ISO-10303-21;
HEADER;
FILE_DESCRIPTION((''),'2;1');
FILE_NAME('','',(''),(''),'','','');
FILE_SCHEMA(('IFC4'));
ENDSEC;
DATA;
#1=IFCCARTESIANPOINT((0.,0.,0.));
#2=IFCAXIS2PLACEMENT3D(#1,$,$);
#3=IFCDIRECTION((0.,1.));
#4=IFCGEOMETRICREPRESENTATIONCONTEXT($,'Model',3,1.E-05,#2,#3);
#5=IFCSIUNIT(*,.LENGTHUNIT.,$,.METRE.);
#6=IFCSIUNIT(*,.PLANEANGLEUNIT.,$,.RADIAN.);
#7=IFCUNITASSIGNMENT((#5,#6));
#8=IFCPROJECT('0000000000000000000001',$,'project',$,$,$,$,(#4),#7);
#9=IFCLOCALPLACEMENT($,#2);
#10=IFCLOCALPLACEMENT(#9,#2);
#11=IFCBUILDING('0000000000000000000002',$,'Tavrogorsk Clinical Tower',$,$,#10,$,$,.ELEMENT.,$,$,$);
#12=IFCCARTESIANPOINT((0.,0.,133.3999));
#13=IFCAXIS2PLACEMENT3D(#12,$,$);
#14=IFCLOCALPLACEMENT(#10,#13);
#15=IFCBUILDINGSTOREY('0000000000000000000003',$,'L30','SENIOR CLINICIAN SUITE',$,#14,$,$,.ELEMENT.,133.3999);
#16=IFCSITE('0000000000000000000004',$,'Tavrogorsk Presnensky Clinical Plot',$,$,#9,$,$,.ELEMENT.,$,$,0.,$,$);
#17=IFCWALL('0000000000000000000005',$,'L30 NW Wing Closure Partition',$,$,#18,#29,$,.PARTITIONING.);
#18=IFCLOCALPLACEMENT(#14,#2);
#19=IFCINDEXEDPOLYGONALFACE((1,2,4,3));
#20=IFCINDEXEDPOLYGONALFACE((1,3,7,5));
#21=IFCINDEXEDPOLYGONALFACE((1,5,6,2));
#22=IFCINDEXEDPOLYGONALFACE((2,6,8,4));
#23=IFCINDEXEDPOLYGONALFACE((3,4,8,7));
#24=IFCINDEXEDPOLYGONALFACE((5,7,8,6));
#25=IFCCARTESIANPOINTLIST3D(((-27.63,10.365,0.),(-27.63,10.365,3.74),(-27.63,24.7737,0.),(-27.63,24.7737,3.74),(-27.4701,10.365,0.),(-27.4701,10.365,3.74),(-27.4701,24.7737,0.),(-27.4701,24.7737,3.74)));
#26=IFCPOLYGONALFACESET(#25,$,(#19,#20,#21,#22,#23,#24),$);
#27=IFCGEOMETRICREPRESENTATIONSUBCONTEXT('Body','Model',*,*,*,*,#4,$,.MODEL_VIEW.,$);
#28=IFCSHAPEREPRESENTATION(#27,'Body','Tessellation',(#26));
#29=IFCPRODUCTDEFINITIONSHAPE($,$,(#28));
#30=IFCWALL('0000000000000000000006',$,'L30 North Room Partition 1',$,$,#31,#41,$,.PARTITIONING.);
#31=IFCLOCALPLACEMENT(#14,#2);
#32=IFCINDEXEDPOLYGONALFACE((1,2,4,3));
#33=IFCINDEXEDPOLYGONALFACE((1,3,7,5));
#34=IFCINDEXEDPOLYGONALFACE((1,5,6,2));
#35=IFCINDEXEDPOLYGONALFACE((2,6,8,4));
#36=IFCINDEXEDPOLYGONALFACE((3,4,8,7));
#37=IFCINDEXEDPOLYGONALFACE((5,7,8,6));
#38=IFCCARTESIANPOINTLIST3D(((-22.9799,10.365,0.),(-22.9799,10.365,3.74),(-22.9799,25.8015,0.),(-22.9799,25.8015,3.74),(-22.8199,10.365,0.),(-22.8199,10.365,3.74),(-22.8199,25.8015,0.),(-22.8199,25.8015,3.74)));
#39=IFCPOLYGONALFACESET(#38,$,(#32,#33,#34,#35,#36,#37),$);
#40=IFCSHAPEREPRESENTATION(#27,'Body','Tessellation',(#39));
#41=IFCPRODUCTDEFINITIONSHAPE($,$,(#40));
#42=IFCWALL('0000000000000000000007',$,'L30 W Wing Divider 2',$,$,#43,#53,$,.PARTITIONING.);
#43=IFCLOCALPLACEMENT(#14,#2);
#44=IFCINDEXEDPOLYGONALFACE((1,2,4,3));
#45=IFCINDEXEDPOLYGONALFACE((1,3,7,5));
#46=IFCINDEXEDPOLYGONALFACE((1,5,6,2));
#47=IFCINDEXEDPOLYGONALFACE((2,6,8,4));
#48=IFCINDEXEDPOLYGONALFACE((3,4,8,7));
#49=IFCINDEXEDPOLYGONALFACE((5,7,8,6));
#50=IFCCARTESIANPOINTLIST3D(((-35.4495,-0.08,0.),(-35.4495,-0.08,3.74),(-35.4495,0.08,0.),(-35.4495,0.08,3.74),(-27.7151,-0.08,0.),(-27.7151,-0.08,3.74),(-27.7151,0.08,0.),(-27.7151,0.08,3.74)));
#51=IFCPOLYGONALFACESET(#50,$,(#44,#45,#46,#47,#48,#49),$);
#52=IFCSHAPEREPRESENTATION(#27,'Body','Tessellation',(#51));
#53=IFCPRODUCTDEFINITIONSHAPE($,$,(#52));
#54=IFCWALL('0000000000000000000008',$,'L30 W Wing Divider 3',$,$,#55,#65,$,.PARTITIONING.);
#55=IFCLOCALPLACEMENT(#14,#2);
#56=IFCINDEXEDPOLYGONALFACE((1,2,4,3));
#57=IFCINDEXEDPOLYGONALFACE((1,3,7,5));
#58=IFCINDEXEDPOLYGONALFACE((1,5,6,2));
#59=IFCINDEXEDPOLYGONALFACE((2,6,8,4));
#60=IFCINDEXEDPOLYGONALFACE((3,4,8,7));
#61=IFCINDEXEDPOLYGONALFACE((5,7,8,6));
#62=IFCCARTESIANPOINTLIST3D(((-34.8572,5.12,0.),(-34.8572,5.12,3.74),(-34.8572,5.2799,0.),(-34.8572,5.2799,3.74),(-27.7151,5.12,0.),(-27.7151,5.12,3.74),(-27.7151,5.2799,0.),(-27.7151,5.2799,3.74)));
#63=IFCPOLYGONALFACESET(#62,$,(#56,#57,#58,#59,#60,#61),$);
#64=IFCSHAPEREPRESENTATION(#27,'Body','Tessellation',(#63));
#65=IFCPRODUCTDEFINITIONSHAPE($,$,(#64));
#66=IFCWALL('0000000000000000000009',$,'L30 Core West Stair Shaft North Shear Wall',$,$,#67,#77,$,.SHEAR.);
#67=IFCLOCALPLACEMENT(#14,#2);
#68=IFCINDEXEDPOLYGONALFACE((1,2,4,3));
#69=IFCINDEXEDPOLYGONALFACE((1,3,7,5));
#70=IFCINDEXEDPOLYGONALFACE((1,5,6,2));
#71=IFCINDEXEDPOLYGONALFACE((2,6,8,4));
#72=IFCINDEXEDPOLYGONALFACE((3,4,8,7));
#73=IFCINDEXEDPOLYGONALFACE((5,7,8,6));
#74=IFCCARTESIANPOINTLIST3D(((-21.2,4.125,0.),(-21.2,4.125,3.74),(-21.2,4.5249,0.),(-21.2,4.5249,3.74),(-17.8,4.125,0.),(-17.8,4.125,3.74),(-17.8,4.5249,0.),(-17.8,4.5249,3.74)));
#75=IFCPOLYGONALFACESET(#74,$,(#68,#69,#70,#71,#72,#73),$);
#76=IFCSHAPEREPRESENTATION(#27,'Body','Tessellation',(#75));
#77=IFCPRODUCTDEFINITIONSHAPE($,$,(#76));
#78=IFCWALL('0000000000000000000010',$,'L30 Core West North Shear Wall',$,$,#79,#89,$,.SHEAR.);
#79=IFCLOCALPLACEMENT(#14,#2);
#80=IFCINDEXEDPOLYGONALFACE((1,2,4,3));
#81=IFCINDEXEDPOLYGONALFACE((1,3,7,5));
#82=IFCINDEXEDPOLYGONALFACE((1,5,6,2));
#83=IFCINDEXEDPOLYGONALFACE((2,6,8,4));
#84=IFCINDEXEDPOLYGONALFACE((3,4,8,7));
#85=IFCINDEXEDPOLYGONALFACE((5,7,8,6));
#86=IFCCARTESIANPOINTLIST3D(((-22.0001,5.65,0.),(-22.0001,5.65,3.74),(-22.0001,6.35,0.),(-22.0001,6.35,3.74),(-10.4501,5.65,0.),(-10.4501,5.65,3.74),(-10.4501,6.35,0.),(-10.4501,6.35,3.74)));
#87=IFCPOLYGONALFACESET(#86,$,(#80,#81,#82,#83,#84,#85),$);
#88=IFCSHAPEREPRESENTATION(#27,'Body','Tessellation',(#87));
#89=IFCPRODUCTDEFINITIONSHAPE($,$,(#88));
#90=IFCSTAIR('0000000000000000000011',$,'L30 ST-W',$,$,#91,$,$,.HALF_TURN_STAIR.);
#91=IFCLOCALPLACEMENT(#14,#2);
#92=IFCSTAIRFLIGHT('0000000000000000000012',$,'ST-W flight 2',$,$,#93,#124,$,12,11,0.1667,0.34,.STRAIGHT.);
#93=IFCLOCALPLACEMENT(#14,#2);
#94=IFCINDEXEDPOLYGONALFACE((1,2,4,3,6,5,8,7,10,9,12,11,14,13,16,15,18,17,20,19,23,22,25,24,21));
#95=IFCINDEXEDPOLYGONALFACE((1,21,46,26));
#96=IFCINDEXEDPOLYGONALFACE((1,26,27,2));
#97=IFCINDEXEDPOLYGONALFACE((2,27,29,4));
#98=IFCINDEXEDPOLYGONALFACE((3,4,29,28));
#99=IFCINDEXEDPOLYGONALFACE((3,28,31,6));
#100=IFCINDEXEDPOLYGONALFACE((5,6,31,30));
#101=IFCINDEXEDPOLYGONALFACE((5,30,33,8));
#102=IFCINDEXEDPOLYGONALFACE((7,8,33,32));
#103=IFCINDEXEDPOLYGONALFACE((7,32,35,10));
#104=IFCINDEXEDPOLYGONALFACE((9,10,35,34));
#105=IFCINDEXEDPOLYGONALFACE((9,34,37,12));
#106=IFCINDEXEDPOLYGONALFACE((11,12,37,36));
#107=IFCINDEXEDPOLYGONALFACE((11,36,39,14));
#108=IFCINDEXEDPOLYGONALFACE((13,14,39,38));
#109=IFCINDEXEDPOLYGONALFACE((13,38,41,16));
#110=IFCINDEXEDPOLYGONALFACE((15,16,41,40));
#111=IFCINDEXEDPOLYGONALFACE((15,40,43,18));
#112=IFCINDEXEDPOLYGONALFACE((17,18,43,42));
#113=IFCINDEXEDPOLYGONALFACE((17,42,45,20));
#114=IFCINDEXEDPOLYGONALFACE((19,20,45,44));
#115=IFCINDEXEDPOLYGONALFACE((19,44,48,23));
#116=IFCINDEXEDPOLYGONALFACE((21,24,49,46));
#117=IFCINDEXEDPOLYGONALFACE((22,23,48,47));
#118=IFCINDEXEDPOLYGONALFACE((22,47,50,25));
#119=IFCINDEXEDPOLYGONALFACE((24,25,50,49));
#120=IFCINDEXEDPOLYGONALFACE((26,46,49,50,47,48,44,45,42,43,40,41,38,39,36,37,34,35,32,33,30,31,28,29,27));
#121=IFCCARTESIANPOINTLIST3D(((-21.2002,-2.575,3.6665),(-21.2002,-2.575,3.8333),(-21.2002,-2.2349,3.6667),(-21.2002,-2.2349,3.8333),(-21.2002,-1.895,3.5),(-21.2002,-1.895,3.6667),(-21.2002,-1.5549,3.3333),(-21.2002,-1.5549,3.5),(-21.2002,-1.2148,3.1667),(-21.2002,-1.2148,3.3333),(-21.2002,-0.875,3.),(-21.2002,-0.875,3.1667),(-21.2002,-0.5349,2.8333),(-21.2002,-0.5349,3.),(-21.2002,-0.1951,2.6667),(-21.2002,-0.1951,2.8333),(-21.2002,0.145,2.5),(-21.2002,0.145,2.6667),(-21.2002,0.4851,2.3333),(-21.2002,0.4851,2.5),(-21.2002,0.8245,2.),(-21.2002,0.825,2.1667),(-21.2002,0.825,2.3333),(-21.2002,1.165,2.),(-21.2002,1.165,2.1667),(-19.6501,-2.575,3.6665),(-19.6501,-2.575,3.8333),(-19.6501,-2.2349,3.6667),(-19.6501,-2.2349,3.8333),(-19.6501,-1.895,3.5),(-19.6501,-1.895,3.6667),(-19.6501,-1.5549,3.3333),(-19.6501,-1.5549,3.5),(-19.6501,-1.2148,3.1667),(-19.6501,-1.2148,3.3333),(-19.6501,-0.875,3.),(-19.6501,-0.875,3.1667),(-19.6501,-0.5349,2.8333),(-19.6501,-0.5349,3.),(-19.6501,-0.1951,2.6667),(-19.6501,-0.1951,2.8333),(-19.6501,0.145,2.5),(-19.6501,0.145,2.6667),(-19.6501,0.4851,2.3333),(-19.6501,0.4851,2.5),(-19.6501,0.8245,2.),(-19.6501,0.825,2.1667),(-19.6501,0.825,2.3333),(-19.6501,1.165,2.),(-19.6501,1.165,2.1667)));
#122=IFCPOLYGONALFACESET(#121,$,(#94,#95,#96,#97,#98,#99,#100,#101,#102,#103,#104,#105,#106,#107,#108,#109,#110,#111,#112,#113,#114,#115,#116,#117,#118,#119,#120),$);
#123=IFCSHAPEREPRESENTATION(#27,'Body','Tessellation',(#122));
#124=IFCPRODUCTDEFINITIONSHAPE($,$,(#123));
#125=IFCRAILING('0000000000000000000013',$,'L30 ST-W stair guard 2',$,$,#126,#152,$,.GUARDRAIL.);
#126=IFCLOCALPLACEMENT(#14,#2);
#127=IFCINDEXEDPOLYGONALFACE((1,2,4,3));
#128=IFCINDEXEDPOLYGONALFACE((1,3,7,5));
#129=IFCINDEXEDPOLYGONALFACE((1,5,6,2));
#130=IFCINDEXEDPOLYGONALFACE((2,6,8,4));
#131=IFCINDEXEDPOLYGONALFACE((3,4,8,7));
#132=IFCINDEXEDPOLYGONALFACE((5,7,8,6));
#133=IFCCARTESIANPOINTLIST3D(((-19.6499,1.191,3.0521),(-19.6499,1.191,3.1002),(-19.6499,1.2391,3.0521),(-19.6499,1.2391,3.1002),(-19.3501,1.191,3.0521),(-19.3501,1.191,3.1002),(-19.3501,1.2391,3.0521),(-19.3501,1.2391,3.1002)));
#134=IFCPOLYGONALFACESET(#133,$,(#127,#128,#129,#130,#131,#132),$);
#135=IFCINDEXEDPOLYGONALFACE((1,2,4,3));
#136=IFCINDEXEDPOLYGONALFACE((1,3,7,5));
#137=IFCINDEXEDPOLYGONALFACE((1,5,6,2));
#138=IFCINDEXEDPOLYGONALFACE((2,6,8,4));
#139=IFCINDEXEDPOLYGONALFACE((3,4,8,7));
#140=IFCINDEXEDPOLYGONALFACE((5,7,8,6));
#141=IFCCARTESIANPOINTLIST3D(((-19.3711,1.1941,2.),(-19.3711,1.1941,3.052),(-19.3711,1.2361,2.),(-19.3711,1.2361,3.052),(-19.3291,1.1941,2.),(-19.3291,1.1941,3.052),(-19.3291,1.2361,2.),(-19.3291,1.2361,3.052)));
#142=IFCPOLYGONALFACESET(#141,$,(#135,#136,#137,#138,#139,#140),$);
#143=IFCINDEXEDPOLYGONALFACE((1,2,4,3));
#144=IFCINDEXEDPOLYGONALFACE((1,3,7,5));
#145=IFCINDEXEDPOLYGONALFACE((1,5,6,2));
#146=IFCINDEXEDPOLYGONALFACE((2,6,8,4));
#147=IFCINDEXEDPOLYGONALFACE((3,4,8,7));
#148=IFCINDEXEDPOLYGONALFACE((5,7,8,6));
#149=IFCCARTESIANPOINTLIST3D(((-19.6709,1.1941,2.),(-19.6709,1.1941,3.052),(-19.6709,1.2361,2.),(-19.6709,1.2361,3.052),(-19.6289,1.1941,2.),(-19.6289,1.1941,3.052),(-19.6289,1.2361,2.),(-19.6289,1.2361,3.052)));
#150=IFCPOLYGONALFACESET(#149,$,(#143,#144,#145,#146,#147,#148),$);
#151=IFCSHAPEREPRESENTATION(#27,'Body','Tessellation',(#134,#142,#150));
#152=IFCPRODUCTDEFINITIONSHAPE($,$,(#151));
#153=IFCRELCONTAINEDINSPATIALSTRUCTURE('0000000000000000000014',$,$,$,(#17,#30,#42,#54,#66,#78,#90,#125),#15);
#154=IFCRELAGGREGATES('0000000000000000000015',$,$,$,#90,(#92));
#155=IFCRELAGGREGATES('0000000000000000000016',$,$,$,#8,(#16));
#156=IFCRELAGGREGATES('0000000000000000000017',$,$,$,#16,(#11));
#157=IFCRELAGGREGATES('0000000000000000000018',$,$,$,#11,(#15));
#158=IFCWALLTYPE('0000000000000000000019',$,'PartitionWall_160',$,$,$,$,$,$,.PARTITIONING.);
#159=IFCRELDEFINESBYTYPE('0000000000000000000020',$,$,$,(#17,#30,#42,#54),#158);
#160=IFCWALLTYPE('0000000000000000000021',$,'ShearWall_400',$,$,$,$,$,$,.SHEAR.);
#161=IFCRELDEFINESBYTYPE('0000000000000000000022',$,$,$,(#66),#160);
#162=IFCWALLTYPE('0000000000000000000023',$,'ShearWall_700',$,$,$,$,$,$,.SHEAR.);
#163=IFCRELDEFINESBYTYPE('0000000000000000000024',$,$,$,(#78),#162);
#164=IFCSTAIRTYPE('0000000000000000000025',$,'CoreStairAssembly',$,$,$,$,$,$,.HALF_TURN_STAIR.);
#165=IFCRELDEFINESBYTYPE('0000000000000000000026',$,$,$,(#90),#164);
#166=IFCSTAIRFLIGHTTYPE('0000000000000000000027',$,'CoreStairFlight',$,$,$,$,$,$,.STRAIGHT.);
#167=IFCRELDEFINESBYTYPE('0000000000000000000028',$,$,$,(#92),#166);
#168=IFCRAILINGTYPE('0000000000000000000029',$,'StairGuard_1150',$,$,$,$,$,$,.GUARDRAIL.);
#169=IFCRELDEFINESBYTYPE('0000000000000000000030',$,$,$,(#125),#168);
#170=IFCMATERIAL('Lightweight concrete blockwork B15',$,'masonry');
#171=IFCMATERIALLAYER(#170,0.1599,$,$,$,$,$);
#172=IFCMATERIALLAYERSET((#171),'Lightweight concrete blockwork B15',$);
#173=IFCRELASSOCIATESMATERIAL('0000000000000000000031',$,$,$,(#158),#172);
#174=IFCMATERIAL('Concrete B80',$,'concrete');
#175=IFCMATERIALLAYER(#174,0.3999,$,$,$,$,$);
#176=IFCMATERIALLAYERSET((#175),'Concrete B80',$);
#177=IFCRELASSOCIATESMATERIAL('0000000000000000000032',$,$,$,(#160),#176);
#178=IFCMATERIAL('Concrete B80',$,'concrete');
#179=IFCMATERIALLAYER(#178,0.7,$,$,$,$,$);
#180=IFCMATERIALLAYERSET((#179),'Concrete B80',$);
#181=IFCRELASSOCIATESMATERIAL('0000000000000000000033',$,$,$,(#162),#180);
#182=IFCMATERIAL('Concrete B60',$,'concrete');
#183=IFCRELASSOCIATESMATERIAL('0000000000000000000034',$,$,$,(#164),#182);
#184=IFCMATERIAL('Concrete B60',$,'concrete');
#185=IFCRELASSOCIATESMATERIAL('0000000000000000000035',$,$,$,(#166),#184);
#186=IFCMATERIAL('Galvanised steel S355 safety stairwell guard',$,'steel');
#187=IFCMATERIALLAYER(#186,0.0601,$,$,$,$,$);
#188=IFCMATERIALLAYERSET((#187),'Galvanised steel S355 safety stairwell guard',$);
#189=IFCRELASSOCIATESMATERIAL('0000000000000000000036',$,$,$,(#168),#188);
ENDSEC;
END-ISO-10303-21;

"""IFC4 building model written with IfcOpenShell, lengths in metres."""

from ifc_helpers import new_model, si_unit, direction, frame, frame_2d, origin, origin_2d, place, context, subcontext, project, spatial, polyline, rectangle, outline, extrude, material, layer, layer_set, type_object, element, aggregate, save


model = new_model("IFC4")

# Units and contexts
model_context = context("Model", 3, precision=1e-05, world=origin(), true_north=direction((0.0, 1.0)))
body_context = subcontext(model_context, "Body", "Model", "MODEL_VIEW")
ifc_project = project(units=[si_unit("LENGTHUNIT", "METRE"), si_unit("PLANEANGLEUNIT", "RADIAN")], contexts=[model_context])

# Site, building, storey
site_placement = place(None, origin())
site = spatial("IfcSite", under=ifc_project, at=site_placement, Name="Tavrogorsk Presnensky Clinical Plot", CompositionType="ELEMENT", RefElevation=0.0)
building_placement = place(site_placement, origin())
building = spatial("IfcBuilding", under=site, at=building_placement, Name="Tavrogorsk Clinical Tower", CompositionType="ELEMENT")
storey_placement = place(building_placement, frame((0.0, 0.0, 133.3999)))
storey = spatial("IfcBuildingStorey", under=building, at=storey_placement, Name="L30", Description="SENIOR CLINICIAN SUITE", CompositionType="ELEMENT", Elevation=133.3999)

# Shared definitions
ifc_material_1 = material(Name="Lightweight concrete blockwork B15", Category="masonry")
ifc_layer_1 = layer(ifc_material_1, 0.1599)
ifc_layer_set_1 = layer_set([ifc_layer_1], Name="Lightweight concrete blockwork B15")
wall_type_1 = type_object("IfcWallType", Name="PartitionWall_160", PredefinedType="PARTITIONING", material=ifc_layer_set_1)

# Walls
wall_1_placement = place(storey_placement, frame((-27.55, 10.365, 0.0), z_axis=(0.0, 0.0, 1.0), x_axis=(0.0, 1.0, 0.0)))
element("IfcWall", 1, at=wall_1_placement, inside=storey, type_object=wall_type_1, Name="L30 NW Wing Closure Partition", PredefinedType="PARTITIONING", context=body_context, shape_type="SweptSolid", body=[
    extrude(rectangle(XDim=14.4087, YDim=0.1599, at=frame_2d((7.2043, 0.0))), origin(), (0.0, 0.0, 1.0), 3.74),
])
wall_2_placement = place(storey_placement, frame((-22.8999, 10.365, 0.0), z_axis=(0.0, 0.0, 1.0), x_axis=(0.0, 1.0, 0.0)))
element("IfcWall", 2, at=wall_2_placement, inside=storey, type_object=wall_type_1, Name="L30 North Room Partition 1", PredefinedType="PARTITIONING", context=body_context, shape_type="SweptSolid", body=[
    extrude(rectangle(XDim=15.4365, YDim=0.1599, at=frame_2d((7.7183, 0.0))), origin(), (0.0, 0.0, 1.0), 3.74),
])
wall_3_placement = place(storey_placement, frame((-35.4495, 0.0, 0.0), z_axis=(0.0, 0.0, 1.0), x_axis=(1.0, 0.0, 0.0)))
element("IfcWall", 3, at=wall_3_placement, inside=storey, type_object=wall_type_1, Name="L30 W Wing Divider 2", PredefinedType="PARTITIONING", context=body_context, shape_type="SweptSolid", body=[
    extrude(rectangle(XDim=7.7344, YDim=0.1599, at=frame_2d((3.8672, 0.0))), origin(), (0.0, 0.0, 1.0), 3.74),
])
wall_4_placement = place(storey_placement, frame((-34.8572, 5.2, 0.0), z_axis=(0.0, 0.0, 1.0), x_axis=(1.0, 0.0, 0.0)))
element("IfcWall", 4, at=wall_4_placement, inside=storey, type_object=wall_type_1, Name="L30 W Wing Divider 3", PredefinedType="PARTITIONING", context=body_context, shape_type="SweptSolid", body=[
    extrude(rectangle(XDim=7.1421, YDim=0.1599, at=frame_2d((3.571, 0.0))), origin(), (0.0, 0.0, 1.0), 3.74),
])
ifc_material_2 = material(Name="Concrete B80", Category="concrete")
ifc_layer_2 = layer(ifc_material_2, 0.3999)
ifc_layer_set_2 = layer_set([ifc_layer_2], Name="Concrete B80")
wall_type_2 = type_object("IfcWallType", Name="ShearWall_400", PredefinedType="SHEAR", material=ifc_layer_set_2)
wall_5_placement = place(storey_placement, frame((-21.2, 4.325, 0.0), z_axis=(0.0, 0.0, 1.0), x_axis=(1.0, 0.0, 0.0)))
element("IfcWall", 5, at=wall_5_placement, inside=storey, type_object=wall_type_2, Name="L30 Core West Stair Shaft North Shear Wall", PredefinedType="SHEAR", context=body_context, shape_type="SweptSolid", body=[
    extrude(rectangle(XDim=3.3999, YDim=0.3999, at=frame_2d((1.7, 0.0))), origin(), (0.0, 0.0, 1.0), 3.74),
])
ifc_material_3 = material(Name="Concrete B80", Category="concrete")
ifc_layer_3 = layer(ifc_material_3, 0.7)
ifc_layer_set_3 = layer_set([ifc_layer_3], Name="Concrete B80")
wall_type_3 = type_object("IfcWallType", Name="ShearWall_700", PredefinedType="SHEAR", material=ifc_layer_set_3)
wall_6_placement = place(storey_placement, frame((-22.0, 6.0, 0.0), z_axis=(0.0, 0.0, 1.0), x_axis=(1.0, 0.0, 0.0)))
element("IfcWall", 6, at=wall_6_placement, inside=storey, type_object=wall_type_3, Name="L30 Core West North Shear Wall", PredefinedType="SHEAR", context=body_context, shape_type="SweptSolid", body=[
    extrude(rectangle(XDim=11.55, YDim=0.7, at=frame_2d((5.7749, 0.0))), origin(), (0.0, 0.0, 1.0), 3.74),
])

# Stair, stair flight
ifc_material_4 = material(Name="Concrete B60", Category="concrete")
stair_type = type_object("IfcStairType", Name="CoreStairAssembly", PredefinedType="HALF_TURN_STAIR", material=ifc_material_4)
stair_placement = place(storey_placement, origin())
stair = element("IfcStair", 7, at=stair_placement, inside=storey, type_object=stair_type, Name="L30 ST-W", PredefinedType="HALF_TURN_STAIR")
ifc_material_5 = material(Name="Concrete B60", Category="concrete")
stair_flight_type = type_object("IfcStairFlightType", Name="CoreStairFlight", PredefinedType="STRAIGHT", material=ifc_material_5)
stair_flight_placement = place(storey_placement, frame((-20.425, 1.165, 2.0), z_axis=(0.0, 0.0, 1.0), x_axis=(0.0, -1.0, 0.0)))
stair_flight = element("IfcStairFlight", 8, at=stair_flight_placement, type_object=stair_flight_type, Name="ST-W flight 2", NumberOfRisers=12, NumberOfTreads=11, PredefinedType="STRAIGHT", RiserHeight=0.1667, TreadLength=0.34, context=body_context, shape_type="SweptSolid", body=[
    extrude(outline(polyline([(0.0, 0.0), (0.0, 0.1667), (0.3401, 0.1667), (0.3401, 0.3333), (0.6799, 0.3333), (0.6799, 0.5), (1.02, 0.5), (1.02, 0.6667), (1.3601, 0.6667), (1.3601, 0.8333), (1.7, 0.8333), (1.7, 1.0), (2.04, 1.0), (2.04, 1.1667), (2.3799, 1.1667), (2.3799, 1.3333), (2.72, 1.3333), (2.72, 1.5), (3.0601, 1.5), (3.0601, 1.6667), (3.3999, 1.6667), (3.3999, 1.8333), (3.74, 1.8333), (3.74, 2.0), (3.74, 1.6665), (0.3406, 0.0), (0.0, 0.0)])), frame((0.0, 0.7749, 0.0), z_axis=(0.0, -1.0, 0.0), x_axis=(1.0, 0.0, 0.0)), (0.0, 0.0, 1.0), 1.55),
])
aggregate(stair, [stair_flight])

# Railing
ifc_material_6 = material(Name="Galvanised steel S355 safety stairwell guard", Category="steel")
ifc_layer_4 = layer(ifc_material_6, 0.0601)
ifc_layer_set_4 = layer_set([ifc_layer_4], Name="Galvanised steel S355 safety stairwell guard")
railing_type_1 = type_object("IfcRailingType", Name="StairGuard_1150", PredefinedType="GUARDRAIL", material=ifc_layer_set_4)
railing_1_placement = place(storey_placement, frame((-19.3501, 1.2151, 2.0)))
element("IfcRailing", 9, at=railing_1_placement, inside=storey, type_object=railing_type_1, Name="L30 ST-W stair guard 2", PredefinedType="GUARDRAIL", context=body_context, shape_type="SweptSolid", body=[
    extrude(rectangle(XDim=0.0481, YDim=0.0481, at=origin_2d()), frame((0.0, 0.0, 1.0762), z_axis=(-1.0, 0.0, 0.0), x_axis=(0.0, -1.0, 0.0)), (0.0, 0.0, 1.0), 0.2998),
    extrude(rectangle(XDim=0.042, YDim=0.042, at=origin_2d()), origin(), (0.0, 0.0, 1.0), 1.052),
    extrude(rectangle(XDim=0.042, YDim=0.042, at=origin_2d()), frame((-0.2998, 0.0, 0.0)), (0.0, 0.0, 1.0), 1.052),
])

save(model, "model.ifc")
